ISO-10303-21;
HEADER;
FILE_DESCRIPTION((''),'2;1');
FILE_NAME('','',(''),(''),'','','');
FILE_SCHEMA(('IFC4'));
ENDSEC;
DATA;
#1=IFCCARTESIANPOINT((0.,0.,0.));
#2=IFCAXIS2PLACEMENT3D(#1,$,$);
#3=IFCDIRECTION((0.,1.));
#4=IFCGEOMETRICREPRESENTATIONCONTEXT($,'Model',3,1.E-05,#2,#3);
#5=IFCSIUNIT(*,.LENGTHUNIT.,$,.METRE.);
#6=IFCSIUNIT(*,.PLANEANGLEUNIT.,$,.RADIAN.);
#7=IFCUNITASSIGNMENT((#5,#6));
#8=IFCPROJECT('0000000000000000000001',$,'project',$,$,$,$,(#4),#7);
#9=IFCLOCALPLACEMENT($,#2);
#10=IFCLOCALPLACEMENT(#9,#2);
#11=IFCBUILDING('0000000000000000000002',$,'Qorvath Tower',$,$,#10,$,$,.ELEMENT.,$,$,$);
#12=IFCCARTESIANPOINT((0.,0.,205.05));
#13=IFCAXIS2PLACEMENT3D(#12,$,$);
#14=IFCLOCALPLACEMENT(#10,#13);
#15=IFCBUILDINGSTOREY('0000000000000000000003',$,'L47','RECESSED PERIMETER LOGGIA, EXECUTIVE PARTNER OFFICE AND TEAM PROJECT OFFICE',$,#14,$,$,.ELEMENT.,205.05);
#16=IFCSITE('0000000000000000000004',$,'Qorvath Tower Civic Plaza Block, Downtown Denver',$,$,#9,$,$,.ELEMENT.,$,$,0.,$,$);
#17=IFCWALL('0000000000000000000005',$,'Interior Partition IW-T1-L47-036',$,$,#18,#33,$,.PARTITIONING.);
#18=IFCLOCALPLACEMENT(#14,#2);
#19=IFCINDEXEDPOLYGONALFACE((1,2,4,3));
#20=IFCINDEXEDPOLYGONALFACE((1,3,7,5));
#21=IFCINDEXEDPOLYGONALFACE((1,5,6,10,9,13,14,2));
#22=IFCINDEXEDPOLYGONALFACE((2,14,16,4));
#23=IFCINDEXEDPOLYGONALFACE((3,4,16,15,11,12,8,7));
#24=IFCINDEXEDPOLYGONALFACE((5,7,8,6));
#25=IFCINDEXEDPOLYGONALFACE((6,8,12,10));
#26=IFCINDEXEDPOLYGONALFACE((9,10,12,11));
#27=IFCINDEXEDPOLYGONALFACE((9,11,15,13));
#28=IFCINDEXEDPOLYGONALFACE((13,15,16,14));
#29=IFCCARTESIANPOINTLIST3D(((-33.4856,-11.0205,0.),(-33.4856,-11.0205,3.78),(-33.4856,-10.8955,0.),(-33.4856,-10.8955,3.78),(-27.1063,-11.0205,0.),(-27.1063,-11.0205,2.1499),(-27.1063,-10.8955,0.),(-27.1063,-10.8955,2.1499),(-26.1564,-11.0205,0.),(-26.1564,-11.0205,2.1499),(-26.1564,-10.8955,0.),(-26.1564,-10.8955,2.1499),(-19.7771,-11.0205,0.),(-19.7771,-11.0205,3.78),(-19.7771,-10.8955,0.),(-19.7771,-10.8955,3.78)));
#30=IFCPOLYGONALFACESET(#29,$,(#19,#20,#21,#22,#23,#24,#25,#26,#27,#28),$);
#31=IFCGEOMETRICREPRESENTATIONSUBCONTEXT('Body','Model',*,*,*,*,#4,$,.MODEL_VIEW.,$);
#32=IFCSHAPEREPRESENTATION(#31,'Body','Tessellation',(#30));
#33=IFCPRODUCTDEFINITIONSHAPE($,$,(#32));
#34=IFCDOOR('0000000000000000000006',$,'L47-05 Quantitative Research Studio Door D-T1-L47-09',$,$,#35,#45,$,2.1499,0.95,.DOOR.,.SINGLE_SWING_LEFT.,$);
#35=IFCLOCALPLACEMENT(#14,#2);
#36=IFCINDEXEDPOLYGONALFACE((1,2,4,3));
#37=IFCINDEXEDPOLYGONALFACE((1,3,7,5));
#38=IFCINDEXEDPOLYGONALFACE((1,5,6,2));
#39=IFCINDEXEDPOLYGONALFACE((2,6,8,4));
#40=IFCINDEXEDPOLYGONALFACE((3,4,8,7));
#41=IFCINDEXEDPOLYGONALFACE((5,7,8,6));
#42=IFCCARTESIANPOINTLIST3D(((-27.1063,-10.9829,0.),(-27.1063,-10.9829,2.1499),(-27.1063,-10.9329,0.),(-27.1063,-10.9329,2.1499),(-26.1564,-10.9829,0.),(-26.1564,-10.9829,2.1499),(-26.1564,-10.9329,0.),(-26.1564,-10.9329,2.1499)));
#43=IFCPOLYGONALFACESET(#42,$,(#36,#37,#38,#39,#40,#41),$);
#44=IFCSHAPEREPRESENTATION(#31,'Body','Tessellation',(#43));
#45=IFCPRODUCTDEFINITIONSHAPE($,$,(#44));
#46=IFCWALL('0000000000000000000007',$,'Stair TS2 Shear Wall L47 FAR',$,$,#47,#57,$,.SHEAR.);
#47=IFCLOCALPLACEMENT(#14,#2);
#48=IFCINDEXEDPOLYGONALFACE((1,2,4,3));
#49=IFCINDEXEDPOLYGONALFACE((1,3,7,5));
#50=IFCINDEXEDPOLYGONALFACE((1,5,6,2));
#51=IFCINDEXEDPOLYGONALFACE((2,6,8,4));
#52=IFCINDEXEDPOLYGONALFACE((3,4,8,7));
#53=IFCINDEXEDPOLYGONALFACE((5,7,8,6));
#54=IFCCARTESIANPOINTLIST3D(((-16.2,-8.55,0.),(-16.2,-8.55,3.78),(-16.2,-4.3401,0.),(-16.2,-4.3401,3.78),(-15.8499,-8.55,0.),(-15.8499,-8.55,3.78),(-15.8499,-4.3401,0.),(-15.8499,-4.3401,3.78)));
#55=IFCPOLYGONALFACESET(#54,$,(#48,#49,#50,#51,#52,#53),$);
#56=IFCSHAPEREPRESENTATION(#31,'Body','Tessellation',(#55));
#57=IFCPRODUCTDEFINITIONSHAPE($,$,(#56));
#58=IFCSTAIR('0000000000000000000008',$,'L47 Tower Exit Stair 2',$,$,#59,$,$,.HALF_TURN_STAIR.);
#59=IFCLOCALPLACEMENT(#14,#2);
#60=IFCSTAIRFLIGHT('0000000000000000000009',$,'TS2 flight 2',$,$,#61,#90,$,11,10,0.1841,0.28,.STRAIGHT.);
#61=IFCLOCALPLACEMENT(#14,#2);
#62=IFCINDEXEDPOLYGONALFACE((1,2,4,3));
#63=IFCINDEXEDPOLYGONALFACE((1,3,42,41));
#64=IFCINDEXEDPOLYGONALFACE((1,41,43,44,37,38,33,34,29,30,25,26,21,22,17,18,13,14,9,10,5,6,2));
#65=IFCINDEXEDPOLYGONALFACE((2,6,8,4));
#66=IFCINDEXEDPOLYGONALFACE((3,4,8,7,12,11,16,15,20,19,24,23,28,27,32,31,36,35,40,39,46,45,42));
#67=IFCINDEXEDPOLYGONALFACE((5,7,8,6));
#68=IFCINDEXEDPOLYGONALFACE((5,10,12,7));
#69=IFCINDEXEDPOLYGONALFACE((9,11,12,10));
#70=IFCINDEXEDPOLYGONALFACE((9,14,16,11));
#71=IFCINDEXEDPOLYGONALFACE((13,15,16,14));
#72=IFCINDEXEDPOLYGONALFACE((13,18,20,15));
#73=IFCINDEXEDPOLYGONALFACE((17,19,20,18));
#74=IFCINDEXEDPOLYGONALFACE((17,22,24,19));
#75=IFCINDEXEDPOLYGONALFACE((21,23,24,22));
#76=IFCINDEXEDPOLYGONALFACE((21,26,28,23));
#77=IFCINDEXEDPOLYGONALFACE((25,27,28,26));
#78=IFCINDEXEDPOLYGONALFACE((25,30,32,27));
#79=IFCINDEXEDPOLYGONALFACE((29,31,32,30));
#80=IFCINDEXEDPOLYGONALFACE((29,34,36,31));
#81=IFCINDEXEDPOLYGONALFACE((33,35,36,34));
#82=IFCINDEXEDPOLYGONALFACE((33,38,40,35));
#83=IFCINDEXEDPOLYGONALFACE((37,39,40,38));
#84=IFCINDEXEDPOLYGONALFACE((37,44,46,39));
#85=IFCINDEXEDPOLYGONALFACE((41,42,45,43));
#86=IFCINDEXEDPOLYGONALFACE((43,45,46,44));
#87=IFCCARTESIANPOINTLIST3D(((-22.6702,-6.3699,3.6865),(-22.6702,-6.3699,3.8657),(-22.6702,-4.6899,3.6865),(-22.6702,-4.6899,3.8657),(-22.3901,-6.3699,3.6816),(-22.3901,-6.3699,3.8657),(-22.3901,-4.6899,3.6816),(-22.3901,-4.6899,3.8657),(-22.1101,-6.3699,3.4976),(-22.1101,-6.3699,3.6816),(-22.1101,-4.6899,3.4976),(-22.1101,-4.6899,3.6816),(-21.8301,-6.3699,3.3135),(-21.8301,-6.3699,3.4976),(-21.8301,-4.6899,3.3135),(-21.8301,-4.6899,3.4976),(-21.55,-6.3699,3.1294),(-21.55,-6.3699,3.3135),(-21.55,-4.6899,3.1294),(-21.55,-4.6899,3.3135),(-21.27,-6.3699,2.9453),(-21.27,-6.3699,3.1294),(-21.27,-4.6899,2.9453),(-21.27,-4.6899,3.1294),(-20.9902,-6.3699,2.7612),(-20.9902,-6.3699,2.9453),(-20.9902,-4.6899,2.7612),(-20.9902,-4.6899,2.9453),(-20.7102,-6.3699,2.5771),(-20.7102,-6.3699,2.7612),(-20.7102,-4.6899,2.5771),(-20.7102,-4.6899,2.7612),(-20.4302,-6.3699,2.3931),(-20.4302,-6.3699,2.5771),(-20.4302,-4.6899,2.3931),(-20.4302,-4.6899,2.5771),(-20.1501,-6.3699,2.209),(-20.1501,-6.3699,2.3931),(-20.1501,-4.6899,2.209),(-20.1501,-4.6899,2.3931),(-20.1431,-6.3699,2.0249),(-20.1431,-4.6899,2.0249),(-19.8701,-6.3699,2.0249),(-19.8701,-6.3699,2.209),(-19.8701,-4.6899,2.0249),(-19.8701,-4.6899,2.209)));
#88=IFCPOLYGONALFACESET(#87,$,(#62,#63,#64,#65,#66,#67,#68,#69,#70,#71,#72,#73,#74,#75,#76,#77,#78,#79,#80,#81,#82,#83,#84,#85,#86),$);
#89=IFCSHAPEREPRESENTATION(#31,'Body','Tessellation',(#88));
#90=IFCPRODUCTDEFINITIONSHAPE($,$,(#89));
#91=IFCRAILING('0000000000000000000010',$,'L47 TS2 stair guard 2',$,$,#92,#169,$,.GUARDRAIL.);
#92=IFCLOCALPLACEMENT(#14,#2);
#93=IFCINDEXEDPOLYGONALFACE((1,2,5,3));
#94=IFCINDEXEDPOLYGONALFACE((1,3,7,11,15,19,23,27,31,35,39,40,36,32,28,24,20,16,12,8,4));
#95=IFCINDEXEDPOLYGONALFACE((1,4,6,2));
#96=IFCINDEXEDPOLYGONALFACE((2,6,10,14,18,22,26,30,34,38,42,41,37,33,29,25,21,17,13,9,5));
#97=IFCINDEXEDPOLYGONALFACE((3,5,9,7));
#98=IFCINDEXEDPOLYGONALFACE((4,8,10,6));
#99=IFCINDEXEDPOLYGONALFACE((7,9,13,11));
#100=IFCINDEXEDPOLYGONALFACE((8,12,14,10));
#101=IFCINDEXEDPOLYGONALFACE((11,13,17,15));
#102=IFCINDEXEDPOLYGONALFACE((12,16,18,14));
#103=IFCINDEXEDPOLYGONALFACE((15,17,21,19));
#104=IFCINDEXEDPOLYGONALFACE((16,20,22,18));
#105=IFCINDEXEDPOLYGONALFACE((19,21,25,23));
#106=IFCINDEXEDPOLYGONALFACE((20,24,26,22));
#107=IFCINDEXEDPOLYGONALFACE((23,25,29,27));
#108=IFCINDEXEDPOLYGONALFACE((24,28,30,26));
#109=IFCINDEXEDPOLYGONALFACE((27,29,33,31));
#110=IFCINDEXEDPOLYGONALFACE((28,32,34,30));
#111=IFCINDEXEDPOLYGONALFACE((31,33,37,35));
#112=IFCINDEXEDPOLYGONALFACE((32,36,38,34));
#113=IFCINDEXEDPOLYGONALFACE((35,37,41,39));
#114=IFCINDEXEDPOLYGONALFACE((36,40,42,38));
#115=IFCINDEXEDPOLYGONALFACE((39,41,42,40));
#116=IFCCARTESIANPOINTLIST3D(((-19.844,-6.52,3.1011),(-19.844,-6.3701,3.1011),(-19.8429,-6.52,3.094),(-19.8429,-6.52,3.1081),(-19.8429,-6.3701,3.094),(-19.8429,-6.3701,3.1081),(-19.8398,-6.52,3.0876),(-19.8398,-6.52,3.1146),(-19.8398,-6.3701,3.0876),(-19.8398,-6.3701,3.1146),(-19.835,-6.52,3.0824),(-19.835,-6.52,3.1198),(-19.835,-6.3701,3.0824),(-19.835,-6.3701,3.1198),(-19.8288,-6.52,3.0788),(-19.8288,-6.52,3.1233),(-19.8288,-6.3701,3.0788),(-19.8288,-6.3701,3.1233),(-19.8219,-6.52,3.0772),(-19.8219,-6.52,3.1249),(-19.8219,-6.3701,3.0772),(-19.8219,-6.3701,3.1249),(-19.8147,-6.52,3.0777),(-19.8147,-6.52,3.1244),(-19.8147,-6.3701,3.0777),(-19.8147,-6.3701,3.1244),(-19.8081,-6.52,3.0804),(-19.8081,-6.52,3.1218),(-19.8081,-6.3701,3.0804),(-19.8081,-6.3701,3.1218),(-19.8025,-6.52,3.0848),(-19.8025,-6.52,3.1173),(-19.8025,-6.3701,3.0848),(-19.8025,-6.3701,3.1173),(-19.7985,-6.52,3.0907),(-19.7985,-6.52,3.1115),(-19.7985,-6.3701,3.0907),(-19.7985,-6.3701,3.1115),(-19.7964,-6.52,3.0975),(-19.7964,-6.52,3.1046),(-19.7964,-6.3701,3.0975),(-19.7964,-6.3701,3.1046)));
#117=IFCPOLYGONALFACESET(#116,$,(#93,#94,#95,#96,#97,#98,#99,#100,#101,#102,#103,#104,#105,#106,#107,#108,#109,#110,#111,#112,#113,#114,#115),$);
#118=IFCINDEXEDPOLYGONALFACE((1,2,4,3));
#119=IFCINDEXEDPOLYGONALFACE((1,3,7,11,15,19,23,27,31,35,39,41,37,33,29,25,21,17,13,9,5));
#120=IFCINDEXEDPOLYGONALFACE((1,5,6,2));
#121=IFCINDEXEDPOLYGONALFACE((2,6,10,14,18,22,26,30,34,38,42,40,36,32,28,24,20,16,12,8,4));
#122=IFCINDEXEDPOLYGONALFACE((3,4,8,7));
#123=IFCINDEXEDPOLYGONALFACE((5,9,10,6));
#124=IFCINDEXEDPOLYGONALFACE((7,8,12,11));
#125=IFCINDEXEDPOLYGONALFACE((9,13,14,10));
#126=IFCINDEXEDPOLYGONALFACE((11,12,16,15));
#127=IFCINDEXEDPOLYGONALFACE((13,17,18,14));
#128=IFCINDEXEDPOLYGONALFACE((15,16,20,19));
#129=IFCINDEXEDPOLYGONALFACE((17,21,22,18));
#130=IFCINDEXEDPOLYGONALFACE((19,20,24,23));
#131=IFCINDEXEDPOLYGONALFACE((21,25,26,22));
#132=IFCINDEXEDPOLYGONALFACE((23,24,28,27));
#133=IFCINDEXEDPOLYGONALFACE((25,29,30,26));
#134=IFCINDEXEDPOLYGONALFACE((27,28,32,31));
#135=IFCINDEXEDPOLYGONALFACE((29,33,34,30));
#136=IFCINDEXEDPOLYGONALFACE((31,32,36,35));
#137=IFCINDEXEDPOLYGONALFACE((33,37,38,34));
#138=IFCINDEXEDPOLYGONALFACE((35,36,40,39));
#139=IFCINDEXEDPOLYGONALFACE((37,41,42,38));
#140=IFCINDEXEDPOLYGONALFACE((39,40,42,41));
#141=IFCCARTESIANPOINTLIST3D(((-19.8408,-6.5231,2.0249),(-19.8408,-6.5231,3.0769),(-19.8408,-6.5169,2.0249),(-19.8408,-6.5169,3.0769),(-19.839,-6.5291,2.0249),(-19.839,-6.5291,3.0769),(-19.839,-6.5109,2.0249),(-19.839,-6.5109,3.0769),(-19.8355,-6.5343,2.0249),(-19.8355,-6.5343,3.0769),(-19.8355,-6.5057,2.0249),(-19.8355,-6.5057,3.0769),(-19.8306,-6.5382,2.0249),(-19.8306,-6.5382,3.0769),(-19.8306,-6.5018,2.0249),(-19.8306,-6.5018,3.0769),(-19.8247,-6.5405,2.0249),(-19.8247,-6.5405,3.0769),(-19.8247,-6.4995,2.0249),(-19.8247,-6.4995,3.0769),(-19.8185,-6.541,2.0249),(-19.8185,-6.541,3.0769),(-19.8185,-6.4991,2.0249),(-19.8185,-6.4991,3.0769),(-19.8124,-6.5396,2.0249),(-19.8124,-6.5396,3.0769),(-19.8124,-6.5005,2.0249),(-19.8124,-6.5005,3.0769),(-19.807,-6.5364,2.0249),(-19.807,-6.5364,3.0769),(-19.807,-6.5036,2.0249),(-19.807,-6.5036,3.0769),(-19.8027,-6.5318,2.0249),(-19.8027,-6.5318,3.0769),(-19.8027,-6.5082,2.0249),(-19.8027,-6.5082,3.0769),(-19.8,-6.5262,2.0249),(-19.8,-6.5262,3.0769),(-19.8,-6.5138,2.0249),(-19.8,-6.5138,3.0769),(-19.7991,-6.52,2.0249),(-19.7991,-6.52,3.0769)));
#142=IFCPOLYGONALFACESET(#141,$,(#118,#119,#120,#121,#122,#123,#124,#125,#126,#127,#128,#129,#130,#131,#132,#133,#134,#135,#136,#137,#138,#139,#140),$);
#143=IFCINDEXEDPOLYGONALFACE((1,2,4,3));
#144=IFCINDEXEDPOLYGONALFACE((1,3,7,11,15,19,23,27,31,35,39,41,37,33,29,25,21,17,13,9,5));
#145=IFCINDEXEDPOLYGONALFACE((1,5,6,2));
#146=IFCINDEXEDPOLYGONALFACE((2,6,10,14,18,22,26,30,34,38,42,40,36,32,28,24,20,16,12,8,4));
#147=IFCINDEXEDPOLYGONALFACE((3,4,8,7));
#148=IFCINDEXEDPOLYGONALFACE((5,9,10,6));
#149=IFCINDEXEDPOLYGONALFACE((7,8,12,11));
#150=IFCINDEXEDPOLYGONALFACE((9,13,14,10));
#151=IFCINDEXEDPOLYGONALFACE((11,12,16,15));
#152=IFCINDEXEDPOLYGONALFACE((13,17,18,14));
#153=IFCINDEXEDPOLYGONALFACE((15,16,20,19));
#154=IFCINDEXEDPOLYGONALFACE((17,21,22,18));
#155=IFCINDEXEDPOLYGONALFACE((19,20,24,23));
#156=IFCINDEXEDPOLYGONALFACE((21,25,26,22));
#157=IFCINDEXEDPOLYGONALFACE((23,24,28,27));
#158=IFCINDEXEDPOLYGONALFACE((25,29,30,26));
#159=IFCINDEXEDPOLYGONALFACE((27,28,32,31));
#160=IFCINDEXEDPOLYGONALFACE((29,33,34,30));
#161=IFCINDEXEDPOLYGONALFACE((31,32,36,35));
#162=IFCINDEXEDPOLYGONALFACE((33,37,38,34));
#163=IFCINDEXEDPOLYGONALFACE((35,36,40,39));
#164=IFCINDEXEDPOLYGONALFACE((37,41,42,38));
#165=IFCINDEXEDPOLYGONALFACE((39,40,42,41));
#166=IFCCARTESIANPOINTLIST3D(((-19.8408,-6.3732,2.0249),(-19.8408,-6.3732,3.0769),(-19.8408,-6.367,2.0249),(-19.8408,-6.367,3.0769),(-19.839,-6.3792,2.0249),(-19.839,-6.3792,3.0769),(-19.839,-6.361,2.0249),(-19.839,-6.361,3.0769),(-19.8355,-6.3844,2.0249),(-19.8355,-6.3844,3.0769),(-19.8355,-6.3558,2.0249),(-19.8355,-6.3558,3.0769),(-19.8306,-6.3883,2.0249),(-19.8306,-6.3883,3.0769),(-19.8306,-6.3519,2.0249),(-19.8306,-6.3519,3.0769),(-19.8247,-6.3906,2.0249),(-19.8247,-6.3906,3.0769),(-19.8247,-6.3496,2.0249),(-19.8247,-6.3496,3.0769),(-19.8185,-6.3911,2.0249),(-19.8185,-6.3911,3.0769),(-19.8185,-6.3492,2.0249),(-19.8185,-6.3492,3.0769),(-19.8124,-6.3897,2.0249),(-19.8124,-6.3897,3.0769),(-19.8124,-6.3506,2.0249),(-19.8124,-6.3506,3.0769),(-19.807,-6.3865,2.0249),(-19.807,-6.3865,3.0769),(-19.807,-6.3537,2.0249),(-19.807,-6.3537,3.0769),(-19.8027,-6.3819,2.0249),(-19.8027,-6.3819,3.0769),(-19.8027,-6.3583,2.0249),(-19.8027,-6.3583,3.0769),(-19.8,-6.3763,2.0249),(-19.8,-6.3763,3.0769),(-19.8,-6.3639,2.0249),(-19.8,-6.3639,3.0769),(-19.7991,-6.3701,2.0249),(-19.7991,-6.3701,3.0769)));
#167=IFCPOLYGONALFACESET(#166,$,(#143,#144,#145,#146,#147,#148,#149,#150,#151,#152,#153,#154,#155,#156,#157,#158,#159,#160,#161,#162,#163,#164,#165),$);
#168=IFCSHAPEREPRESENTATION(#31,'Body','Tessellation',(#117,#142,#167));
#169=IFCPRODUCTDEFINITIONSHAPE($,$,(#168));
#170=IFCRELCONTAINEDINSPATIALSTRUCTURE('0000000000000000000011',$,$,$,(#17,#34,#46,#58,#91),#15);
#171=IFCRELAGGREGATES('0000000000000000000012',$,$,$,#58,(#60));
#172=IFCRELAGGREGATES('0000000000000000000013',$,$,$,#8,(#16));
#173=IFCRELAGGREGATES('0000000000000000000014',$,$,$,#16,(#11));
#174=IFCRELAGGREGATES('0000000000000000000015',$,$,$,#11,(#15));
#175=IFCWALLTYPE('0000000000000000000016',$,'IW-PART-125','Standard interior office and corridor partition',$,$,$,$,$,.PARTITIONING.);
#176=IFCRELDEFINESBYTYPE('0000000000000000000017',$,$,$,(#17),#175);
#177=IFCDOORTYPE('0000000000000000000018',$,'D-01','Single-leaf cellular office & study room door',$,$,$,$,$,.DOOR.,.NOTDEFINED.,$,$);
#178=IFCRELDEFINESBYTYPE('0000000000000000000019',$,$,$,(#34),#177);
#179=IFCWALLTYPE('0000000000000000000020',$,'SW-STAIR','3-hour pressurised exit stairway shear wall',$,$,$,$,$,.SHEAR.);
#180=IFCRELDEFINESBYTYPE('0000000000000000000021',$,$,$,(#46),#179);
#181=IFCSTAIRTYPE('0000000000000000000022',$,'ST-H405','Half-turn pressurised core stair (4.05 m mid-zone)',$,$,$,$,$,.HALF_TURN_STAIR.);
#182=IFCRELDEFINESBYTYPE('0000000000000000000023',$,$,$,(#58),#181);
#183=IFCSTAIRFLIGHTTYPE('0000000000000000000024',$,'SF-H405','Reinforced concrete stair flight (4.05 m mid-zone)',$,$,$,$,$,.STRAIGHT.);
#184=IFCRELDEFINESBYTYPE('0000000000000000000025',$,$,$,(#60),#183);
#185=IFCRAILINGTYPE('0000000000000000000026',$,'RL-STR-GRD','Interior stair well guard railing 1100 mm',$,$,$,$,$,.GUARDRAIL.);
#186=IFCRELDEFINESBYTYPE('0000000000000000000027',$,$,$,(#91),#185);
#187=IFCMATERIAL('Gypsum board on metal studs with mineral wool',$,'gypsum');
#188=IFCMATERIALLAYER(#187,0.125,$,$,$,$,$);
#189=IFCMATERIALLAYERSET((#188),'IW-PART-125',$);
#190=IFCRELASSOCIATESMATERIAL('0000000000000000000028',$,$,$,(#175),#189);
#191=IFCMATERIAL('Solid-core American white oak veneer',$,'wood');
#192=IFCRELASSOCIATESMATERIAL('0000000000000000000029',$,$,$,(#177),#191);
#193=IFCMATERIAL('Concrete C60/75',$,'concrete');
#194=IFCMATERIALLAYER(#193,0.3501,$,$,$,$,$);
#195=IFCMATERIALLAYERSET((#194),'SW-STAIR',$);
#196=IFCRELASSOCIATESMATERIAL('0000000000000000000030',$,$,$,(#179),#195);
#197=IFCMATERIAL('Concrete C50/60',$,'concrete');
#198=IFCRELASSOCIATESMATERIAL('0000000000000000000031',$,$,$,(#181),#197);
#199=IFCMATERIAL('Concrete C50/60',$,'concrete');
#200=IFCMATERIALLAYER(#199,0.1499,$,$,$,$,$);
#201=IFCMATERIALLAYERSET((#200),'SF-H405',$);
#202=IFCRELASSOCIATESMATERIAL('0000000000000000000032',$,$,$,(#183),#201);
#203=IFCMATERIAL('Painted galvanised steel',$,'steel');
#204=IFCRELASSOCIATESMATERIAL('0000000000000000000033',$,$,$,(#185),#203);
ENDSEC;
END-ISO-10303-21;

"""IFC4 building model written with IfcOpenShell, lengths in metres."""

from ifc_helpers import new_model, si_unit, direction, frame, frame_2d, origin, origin_2d, place, context, subcontext, project, spatial, polyline, rectangle, circle, outline, extrude, material, layer, layer_set, type_object, element, fill, aggregate, save


model = new_model("IFC4")

# Units and contexts
model_context = context("Model", 3, precision=1e-05, world=origin(), true_north=direction((0.0, 1.0)))
body_context = subcontext(model_context, "Body", "Model", "MODEL_VIEW")
ifc_project = project(units=[si_unit("LENGTHUNIT", "METRE"), si_unit("PLANEANGLEUNIT", "RADIAN")], contexts=[model_context])

# Site, building, storey
site_placement = place(None, origin())
site = spatial("IfcSite", under=ifc_project, at=site_placement, Name="Qorvath Tower Civic Plaza Block, Downtown Denver", CompositionType="ELEMENT", RefElevation=0.0)
building_placement = place(site_placement, origin())
building = spatial("IfcBuilding", under=site, at=building_placement, Name="Qorvath Tower", CompositionType="ELEMENT")
storey_placement = place(building_placement, frame((0.0, 0.0, 205.05)))
storey = spatial("IfcBuildingStorey", under=building, at=storey_placement, Name="L47", Description="RECESSED PERIMETER LOGGIA, EXECUTIVE PARTNER OFFICE AND TEAM PROJECT OFFICE", CompositionType="ELEMENT", Elevation=205.05)

# Wall, opening, door
ifc_material_1 = material(Name="Gypsum board on metal studs with mineral wool", Category="gypsum")
ifc_layer_1 = layer(ifc_material_1, 0.125)
ifc_layer_set_1 = layer_set([ifc_layer_1], Name="IW-PART-125")
wall_type_1 = type_object("IfcWallType", Name="IW-PART-125", Description="Standard interior office and corridor partition", PredefinedType="PARTITIONING", material=ifc_layer_set_1)
wall_1_placement = place(storey_placement, frame((-19.7771, -10.958, 0.0), z_axis=(0.0, 0.0, 1.0), x_axis=(-1.0, 0.0, 0.0)))
wall_1 = element("IfcWall", 1, at=wall_1_placement, inside=storey, type_object=wall_type_1, Name="Interior Partition IW-T1-L47-036", PredefinedType="PARTITIONING", context=body_context, shape_type="SweptSolid", body=[
    extrude(rectangle(XDim=13.7085, YDim=0.125, at=frame_2d((6.8542, 0.0))), origin(), (0.0, 0.0, 1.0), 3.78),
])
opening_1_placement = place(wall_1_placement, frame((6.3792, 0.0, 0.0)))
opening_1 = element("IfcOpeningElement", 2, at=opening_1_placement, cuts=wall_1, PredefinedType="OPENING", context=body_context, shape_type="SweptSolid", body=[
    extrude(rectangle(XDim=0.95, YDim=2.1499, at=frame_2d((0.4751, 1.075))), frame((0.0, 0.0725, 0.0), z_axis=(0.0, -1.0, 0.0), x_axis=(1.0, 0.0, 0.0)), (0.0, 0.0, 1.0), 0.145),
])
ifc_material_2 = material(Name="Solid-core American white oak veneer", Category="wood")
door_type_1 = type_object("IfcDoorType", Name="D-01", Description="Single-leaf cellular office & study room door", OperationType="NOTDEFINED", PredefinedType="DOOR", material=ifc_material_2)
door_1_placement = place(opening_1_placement, origin())
door_1 = element("IfcDoor", 3, at=door_1_placement, inside=storey, type_object=door_type_1, Name="L47-05 Quantitative Research Studio Door D-T1-L47-09", OperationType="SINGLE_SWING_LEFT", OverallHeight=2.1499, OverallWidth=0.95, PredefinedType="DOOR", context=body_context, shape_type="SweptSolid", body=[
    extrude(rectangle(XDim=0.95, YDim=2.1499, at=frame_2d((0.4751, 1.075))), frame((0.0, 0.0249, 0.0), z_axis=(0.0, -1.0, 0.0), x_axis=(1.0, 0.0, 0.0)), (0.0, 0.0, 1.0), 0.05),
])
fill(opening_1, door_1)

# Wall
ifc_material_3 = material(Name="Concrete C60/75", Category="concrete")
ifc_layer_2 = layer(ifc_material_3, 0.3501)
ifc_layer_set_2 = layer_set([ifc_layer_2], Name="SW-STAIR")
wall_type_2 = type_object("IfcWallType", Name="SW-STAIR", Description="3-hour pressurised exit stairway shear wall", PredefinedType="SHEAR", material=ifc_layer_set_2)
wall_2_placement = place(storey_placement, frame((-16.0249, -8.55, 0.0), z_axis=(0.0, 0.0, 1.0), x_axis=(0.0, 1.0, 0.0)))
element("IfcWall", 4, at=wall_2_placement, inside=storey, type_object=wall_type_2, Name="Stair TS2 Shear Wall L47 FAR", PredefinedType="SHEAR", context=body_context, shape_type="SweptSolid", body=[
    extrude(rectangle(XDim=4.21, YDim=0.3501, at=frame_2d((2.105, 0.0))), origin(), (0.0, 0.0, 1.0), 3.78),
])

# Stair, stair flight
ifc_material_4 = material(Name="Concrete C50/60", Category="concrete")
stair_type = type_object("IfcStairType", Name="ST-H405", Description="Half-turn pressurised core stair (4.05 m mid-zone)", PredefinedType="HALF_TURN_STAIR", material=ifc_material_4)
stair_placement = place(storey_placement, origin())
stair = element("IfcStair", 5, at=stair_placement, inside=storey, type_object=stair_type, Name="L47 Tower Exit Stair 2", PredefinedType="HALF_TURN_STAIR")
ifc_material_5 = material(Name="Concrete C50/60", Category="concrete")
ifc_layer_3 = layer(ifc_material_5, 0.1499)
ifc_layer_set_3 = layer_set([ifc_layer_3], Name="SF-H405")
stair_flight_type = type_object("IfcStairFlightType", Name="SF-H405", Description="Reinforced concrete stair flight (4.05 m mid-zone)", PredefinedType="STRAIGHT", material=ifc_layer_set_3)
stair_flight_placement = place(storey_placement, frame((-19.8701, -5.53, 2.0249), z_axis=(0.0, 0.0, 1.0), x_axis=(-1.0, 0.0, 0.0)))
stair_flight = element("IfcStairFlight", 6, at=stair_flight_placement, type_object=stair_flight_type, Name="TS2 flight 2", NumberOfRisers=11, NumberOfTreads=10, PredefinedType="STRAIGHT", RiserHeight=0.1841, TreadLength=0.28, context=body_context, shape_type="SweptSolid", body=[
    extrude(outline(polyline([(0.0, 0.0), (0.0, 0.1841), (0.28, 0.1841), (0.28, 0.3682), (0.5601, 0.3682), (0.5601, 0.5522), (0.8401, 0.5522), (0.8401, 0.7363), (1.1201, 0.7363), (1.1201, 0.9204), (1.3999, 0.9204), (1.3999, 1.1045), (1.6799, 1.1045), (1.6799, 1.2886), (1.96, 1.2886), (1.96, 1.4727), (2.24, 1.4727), (2.24, 1.6567), (2.52, 1.6567), (2.52, 1.8408), (2.8, 1.8408), (2.8, 2.0249), (2.8, 1.6616), (0.2729, 0.0), (0.0, 0.0)])), frame((0.0, 0.8398, 0.0), z_axis=(0.0, -1.0, 0.0), x_axis=(1.0, 0.0, 0.0)), (0.0, 0.0, 1.0), 1.6799),
])
aggregate(stair, [stair_flight])

# Railing
ifc_material_6 = material(Name="Painted galvanised steel", Category="steel")
railing_type = type_object("IfcRailingType", Name="RL-STR-GRD", Description="Interior stair well guard railing 1100 mm", PredefinedType="GUARDRAIL", material=ifc_material_6)
railing_1_placement = place(storey_placement, frame((-19.8201, -6.52, 2.0249)))
element("IfcRailing", 7, at=railing_1_placement, inside=storey, type_object=railing_type, Name="L47 TS2 stair guard 2", PredefinedType="GUARDRAIL", context=body_context, shape_type="SweptSolid", body=[
    extrude(circle(Radius=0.0239, at=origin_2d()), frame((0.0, 0.0, 1.0762), z_axis=(0.0, 1.0, 0.0), x_axis=(-1.0, 0.0, 0.0)), (0.0, 0.0, 1.0), 0.1499),
    extrude(circle(Radius=0.021, at=origin_2d()), origin(), (0.0, 0.0, 1.0), 1.052),
    extrude(circle(Radius=0.021, at=origin_2d()), frame((0.0, 0.1499, 0.0)), (0.0, 0.0, 1.0), 1.052),
])

save(model, "model.ifc")
